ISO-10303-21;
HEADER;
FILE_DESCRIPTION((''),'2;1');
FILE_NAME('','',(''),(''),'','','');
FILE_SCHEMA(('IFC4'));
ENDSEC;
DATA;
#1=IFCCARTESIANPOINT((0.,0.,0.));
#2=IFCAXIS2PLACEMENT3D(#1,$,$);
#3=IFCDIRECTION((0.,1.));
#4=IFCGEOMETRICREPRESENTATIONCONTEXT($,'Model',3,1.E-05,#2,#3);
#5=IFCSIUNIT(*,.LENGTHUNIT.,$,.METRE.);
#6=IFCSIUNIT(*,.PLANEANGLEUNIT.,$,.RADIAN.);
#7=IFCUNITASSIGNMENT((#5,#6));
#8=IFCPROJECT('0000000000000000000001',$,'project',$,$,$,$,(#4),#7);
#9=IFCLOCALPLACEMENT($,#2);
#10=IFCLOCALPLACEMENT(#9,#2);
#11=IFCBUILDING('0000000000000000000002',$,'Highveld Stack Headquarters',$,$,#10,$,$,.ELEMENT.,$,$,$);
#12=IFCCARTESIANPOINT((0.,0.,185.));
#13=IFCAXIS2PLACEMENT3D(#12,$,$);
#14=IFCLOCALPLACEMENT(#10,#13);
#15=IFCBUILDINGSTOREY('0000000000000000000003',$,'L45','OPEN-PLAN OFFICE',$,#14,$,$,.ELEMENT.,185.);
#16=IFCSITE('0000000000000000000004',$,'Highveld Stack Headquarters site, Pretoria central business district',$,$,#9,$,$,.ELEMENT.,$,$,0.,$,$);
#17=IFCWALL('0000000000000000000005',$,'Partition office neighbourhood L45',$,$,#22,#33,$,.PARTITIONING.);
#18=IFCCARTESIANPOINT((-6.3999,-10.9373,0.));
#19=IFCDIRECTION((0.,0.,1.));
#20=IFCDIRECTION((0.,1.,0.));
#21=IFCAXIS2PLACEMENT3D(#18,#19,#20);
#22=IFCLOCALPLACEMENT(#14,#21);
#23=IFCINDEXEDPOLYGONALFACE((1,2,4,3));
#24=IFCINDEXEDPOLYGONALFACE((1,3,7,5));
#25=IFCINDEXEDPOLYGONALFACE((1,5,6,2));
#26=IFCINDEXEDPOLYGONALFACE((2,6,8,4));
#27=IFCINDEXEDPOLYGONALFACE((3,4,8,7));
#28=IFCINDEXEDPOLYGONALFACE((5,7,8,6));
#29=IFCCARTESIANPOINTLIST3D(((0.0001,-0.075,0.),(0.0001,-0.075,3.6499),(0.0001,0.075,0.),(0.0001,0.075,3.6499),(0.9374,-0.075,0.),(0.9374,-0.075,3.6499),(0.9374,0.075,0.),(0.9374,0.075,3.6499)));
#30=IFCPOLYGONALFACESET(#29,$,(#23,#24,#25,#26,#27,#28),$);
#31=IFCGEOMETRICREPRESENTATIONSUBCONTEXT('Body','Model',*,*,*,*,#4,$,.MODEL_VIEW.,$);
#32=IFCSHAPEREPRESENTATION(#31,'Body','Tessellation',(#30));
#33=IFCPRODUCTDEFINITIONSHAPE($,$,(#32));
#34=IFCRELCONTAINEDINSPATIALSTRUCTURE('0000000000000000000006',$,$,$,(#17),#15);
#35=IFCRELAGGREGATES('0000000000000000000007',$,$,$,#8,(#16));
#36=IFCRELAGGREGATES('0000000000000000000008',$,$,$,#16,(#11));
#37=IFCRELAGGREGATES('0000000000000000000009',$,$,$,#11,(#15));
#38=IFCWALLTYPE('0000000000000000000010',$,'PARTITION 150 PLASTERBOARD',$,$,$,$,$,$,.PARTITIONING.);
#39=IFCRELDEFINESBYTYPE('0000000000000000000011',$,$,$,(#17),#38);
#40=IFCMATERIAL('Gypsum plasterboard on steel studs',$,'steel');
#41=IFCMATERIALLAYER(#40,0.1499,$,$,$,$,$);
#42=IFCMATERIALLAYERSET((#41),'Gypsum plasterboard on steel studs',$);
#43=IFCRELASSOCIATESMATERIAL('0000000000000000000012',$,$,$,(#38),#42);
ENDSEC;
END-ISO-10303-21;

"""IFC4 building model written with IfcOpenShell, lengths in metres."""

from ifc_helpers import new_model, si_unit, direction, frame, frame_2d, origin, place, context, subcontext, project, spatial, rectangle, extrude, material, layer, layer_set, type_object, element, save


model = new_model("IFC4")

# Units and contexts
model_context = context("Model", 3, precision=1e-05, world=origin(), true_north=direction((0.0, 1.0)))
body_context = subcontext(model_context, "Body", "Model", "MODEL_VIEW")
ifc_project = project(units=[si_unit("LENGTHUNIT", "METRE"), si_unit("PLANEANGLEUNIT", "RADIAN")], contexts=[model_context])

# Site, building, storey
site_placement = place(None, origin())
site = spatial("IfcSite", under=ifc_project, at=site_placement, Name="Highveld Stack Headquarters site, Pretoria central business district", CompositionType="ELEMENT", RefElevation=0.0)
building_placement = place(site_placement, origin())
building = spatial("IfcBuilding", under=site, at=building_placement, Name="Highveld Stack Headquarters", CompositionType="ELEMENT")
storey_placement = place(building_placement, frame((0.0, 0.0, 185.0)))
storey = spatial("IfcBuildingStorey", under=building, at=storey_placement, Name="L45", Description="OPEN-PLAN OFFICE", CompositionType="ELEMENT", Elevation=185.0)

# Shared definitions
ifc_material_1 = material(Name="Gypsum plasterboard on steel studs", Category="steel")
ifc_layer_1 = layer(ifc_material_1, 0.1499)
ifc_layer_set_1 = layer_set([ifc_layer_1], Name="Gypsum plasterboard on steel studs")
wall_type_1 = type_object("IfcWallType", Name="PARTITION 150 PLASTERBOARD", PredefinedType="PARTITIONING", material=ifc_layer_set_1)

# Wall
wall_1_placement = place(storey_placement, frame((-6.3999, -10.9373, 0.0), z_axis=(0.0, 0.0, 1.0), x_axis=(0.0, 1.0, 0.0)))
element("IfcWall", 1, at=wall_1_placement, inside=storey, type_object=wall_type_1, Name="Partition office neighbourhood L45", PredefinedType="PARTITIONING", context=body_context, shape_type="SweptSolid", body=[
    extrude(rectangle(XDim=0.9373, YDim=0.1499, at=frame_2d((0.4688, 0.0))), origin(), (0.0, 0.0, 1.0), 3.6499),
])

save(model, "model.ifc")
